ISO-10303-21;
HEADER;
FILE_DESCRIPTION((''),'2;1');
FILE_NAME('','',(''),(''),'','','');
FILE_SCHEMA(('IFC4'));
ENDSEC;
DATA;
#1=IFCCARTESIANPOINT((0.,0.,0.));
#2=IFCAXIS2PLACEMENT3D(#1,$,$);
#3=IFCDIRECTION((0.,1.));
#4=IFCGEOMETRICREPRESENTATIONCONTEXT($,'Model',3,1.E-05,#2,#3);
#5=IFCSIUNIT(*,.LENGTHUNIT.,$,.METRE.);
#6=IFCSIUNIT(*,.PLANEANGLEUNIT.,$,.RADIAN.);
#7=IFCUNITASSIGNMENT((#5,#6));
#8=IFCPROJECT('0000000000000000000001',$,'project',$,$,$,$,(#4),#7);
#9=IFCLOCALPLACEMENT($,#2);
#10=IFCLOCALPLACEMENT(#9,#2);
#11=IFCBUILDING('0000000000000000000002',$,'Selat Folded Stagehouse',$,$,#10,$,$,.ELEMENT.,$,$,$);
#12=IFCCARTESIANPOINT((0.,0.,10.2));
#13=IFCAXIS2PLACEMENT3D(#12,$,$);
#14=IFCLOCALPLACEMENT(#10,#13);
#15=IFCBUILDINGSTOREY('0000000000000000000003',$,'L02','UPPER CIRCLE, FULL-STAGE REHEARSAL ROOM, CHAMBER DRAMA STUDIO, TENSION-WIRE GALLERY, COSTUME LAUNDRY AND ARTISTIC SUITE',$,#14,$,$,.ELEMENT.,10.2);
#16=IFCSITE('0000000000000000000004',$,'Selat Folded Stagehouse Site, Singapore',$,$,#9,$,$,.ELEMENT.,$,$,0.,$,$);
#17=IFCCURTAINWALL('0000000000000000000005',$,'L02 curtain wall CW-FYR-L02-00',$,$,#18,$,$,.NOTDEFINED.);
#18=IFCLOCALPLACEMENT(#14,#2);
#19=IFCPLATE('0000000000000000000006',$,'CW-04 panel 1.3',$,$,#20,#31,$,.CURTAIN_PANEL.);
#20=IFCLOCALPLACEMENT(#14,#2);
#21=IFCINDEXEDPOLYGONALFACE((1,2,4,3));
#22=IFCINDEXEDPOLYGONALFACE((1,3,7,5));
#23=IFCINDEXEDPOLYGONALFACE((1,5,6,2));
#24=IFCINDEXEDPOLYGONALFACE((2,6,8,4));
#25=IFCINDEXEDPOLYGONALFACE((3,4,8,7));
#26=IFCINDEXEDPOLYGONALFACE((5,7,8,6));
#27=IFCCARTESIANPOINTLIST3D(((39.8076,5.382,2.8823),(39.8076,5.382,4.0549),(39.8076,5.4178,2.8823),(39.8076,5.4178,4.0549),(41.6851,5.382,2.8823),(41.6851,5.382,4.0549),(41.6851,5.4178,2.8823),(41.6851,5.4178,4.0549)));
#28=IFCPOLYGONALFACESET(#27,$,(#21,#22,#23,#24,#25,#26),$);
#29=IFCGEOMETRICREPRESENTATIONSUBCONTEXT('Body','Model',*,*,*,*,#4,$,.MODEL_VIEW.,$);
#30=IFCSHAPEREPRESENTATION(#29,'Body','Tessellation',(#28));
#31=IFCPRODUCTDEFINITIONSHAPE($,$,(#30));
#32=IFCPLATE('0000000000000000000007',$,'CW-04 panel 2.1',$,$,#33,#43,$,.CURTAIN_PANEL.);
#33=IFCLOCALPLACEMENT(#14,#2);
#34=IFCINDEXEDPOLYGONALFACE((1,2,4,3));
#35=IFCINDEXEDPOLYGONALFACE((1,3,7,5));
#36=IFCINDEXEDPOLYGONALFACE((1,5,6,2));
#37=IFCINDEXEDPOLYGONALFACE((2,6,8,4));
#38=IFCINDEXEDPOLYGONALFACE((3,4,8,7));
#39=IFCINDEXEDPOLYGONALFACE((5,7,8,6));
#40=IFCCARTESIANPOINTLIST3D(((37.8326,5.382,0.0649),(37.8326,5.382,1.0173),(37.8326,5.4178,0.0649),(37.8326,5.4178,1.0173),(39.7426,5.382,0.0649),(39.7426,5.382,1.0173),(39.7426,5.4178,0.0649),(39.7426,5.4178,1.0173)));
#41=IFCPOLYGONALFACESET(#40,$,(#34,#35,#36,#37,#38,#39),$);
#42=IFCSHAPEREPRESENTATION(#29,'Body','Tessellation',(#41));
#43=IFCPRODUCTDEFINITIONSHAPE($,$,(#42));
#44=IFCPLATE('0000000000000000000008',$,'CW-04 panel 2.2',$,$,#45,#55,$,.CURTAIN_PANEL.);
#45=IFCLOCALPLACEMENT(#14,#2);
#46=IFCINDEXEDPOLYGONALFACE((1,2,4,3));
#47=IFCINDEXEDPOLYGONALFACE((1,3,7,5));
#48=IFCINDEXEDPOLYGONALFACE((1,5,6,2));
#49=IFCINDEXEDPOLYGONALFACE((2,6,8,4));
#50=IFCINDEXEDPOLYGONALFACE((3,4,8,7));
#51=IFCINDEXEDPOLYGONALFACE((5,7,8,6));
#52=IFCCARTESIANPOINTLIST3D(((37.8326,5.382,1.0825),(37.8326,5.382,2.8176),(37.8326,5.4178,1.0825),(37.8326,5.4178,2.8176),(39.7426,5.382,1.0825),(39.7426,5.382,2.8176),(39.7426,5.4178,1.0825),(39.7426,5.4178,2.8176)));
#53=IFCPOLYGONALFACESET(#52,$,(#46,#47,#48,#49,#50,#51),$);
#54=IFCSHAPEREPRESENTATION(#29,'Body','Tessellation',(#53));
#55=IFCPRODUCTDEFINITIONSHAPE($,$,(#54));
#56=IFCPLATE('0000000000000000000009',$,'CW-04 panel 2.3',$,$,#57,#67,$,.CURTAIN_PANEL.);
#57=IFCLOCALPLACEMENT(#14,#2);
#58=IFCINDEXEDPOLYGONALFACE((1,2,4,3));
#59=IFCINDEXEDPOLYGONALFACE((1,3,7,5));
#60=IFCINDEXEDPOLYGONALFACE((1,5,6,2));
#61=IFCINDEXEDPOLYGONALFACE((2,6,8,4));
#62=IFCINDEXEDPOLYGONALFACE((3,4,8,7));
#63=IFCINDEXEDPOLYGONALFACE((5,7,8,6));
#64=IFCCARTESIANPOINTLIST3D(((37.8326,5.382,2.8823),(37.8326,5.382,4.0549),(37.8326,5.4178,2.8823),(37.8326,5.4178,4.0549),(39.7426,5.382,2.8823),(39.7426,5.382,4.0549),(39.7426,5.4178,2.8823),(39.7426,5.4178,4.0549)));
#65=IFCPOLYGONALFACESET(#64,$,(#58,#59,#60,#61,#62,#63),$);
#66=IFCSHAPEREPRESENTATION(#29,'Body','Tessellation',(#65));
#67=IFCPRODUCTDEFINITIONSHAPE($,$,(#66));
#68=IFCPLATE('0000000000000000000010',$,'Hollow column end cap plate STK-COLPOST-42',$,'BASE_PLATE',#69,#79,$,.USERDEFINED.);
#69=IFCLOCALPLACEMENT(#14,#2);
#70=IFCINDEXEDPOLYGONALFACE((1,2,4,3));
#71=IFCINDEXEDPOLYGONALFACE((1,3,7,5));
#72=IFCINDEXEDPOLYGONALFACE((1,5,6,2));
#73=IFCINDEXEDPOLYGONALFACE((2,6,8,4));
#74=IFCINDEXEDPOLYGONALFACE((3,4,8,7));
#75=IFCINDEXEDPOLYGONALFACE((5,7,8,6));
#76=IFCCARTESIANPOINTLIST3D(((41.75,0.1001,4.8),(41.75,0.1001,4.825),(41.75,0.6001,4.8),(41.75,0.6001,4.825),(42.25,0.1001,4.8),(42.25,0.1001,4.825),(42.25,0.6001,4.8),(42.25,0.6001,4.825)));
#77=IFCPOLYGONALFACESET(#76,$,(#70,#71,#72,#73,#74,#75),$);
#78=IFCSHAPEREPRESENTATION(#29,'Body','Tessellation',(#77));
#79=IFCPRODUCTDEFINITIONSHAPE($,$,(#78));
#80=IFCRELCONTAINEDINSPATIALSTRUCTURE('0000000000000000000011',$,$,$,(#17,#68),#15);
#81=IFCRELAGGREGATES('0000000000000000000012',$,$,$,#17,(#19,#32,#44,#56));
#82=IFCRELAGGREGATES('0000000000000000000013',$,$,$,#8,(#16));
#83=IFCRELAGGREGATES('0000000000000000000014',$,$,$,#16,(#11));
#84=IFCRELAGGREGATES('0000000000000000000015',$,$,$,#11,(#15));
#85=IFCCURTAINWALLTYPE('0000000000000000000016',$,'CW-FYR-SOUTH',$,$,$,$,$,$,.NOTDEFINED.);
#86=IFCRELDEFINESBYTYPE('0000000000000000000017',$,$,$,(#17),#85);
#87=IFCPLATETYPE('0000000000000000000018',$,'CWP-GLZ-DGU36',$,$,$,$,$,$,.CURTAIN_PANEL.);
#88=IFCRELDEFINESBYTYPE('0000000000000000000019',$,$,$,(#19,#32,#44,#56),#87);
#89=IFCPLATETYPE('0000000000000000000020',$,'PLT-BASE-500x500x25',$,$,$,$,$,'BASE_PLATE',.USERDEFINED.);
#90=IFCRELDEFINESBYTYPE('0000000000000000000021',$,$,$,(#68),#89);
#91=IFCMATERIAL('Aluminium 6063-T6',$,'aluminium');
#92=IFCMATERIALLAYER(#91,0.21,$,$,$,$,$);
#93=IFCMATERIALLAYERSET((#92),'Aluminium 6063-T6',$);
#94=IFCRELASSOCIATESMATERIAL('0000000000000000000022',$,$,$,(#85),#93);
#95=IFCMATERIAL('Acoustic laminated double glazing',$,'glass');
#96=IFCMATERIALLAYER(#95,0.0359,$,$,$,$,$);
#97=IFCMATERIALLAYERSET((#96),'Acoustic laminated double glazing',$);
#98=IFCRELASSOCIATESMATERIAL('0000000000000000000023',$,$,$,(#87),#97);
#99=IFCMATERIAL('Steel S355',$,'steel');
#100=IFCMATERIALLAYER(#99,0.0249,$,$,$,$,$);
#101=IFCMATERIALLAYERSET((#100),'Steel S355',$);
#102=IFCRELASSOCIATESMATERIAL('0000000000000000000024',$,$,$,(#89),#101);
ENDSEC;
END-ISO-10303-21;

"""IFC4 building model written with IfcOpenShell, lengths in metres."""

from ifc_helpers import new_model, si_unit, direction, frame, origin, origin_2d, place, context, subcontext, project, spatial, rectangle, extrude, material, layer, layer_set, type_object, element, aggregate, save


model = new_model("IFC4")

# Units and contexts
model_context = context("Model", 3, precision=1e-05, world=origin(), true_north=direction((0.0, 1.0)))
body_context = subcontext(model_context, "Body", "Model", "MODEL_VIEW")
ifc_project = project(units=[si_unit("LENGTHUNIT", "METRE"), si_unit("PLANEANGLEUNIT", "RADIAN")], contexts=[model_context])

# Site, building, storey
site_placement = place(None, origin())
site = spatial("IfcSite", under=ifc_project, at=site_placement, Name="Selat Folded Stagehouse Site, Singapore", CompositionType="ELEMENT", RefElevation=0.0)
building_placement = place(site_placement, origin())
building = spatial("IfcBuilding", under=site, at=building_placement, Name="Selat Folded Stagehouse", CompositionType="ELEMENT")
storey_placement = place(building_placement, frame((0.0, 0.0, 10.2)))
storey = spatial("IfcBuildingStorey", under=building, at=storey_placement, Name="L02", Description="UPPER CIRCLE, FULL-STAGE REHEARSAL ROOM, CHAMBER DRAMA STUDIO, TENSION-WIRE GALLERY, COSTUME LAUNDRY AND ARTISTIC SUITE", CompositionType="ELEMENT", Elevation=10.2)

# Shared definitions
ifc_material_1 = material(Name="Steel S355", Category="steel")

# Curtain wall, plates
ifc_material_2 = material(Name="Aluminium 6063-T6", Category="aluminium")
ifc_layer_1 = layer(ifc_material_2, 0.21)
ifc_layer_set_1 = layer_set([ifc_layer_1], Name="Aluminium 6063-T6")
curtain_wall_type = type_object("IfcCurtainWallType", Name="CW-FYR-SOUTH", PredefinedType="NOTDEFINED", material=ifc_layer_set_1)
curtain_wall_placement = place(storey_placement, origin())
curtain_wall = element("IfcCurtainWall", 1, at=curtain_wall_placement, inside=storey, type_object=curtain_wall_type, Name="L02 curtain wall CW-FYR-L02-00", PredefinedType="NOTDEFINED")
ifc_material_3 = material(Name="Acoustic laminated double glazing", Category="glass")
ifc_layer_2 = layer(ifc_material_3, 0.0359)
ifc_layer_set_2 = layer_set([ifc_layer_2], Name="Acoustic laminated double glazing")
plate_type_1 = type_object("IfcPlateType", Name="CWP-GLZ-DGU36", PredefinedType="CURTAIN_PANEL", material=ifc_layer_set_2)
plate_1_placement = place(storey_placement, frame((40.7463, 5.3999, 2.8823), z_axis=(0.0, 0.0, 1.0), x_axis=(-1.0, 0.0, 0.0)))
plate_1 = element("IfcPlate", 2, at=plate_1_placement, type_object=plate_type_1, Name="CW-04 panel 1.3", PredefinedType="CURTAIN_PANEL", context=body_context, shape_type="SweptSolid", body=[
    extrude(rectangle(XDim=1.8774, YDim=0.0359, at=origin_2d()), origin(), (0.0, 0.0, 1.0), 1.1726),
])
plate_2_placement = place(storey_placement, frame((38.7876, 5.3999, 0.0649), z_axis=(0.0, 0.0, 1.0), x_axis=(-1.0, 0.0, 0.0)))
plate_2 = element("IfcPlate", 3, at=plate_2_placement, type_object=plate_type_1, Name="CW-04 panel 2.1", PredefinedType="CURTAIN_PANEL", context=body_context, shape_type="SweptSolid", body=[
    extrude(rectangle(XDim=1.9099, YDim=0.0359, at=origin_2d()), origin(), (0.0, 0.0, 1.0), 0.9524),
])
plate_3_placement = place(storey_placement, frame((38.7876, 5.3999, 1.0825), z_axis=(0.0, 0.0, 1.0), x_axis=(-1.0, 0.0, 0.0)))
plate_3 = element("IfcPlate", 4, at=plate_3_placement, type_object=plate_type_1, Name="CW-04 panel 2.2", PredefinedType="CURTAIN_PANEL", context=body_context, shape_type="SweptSolid", body=[
    extrude(rectangle(XDim=1.9099, YDim=0.0359, at=origin_2d()), origin(), (0.0, 0.0, 1.0), 1.7351),
])
plate_4_placement = place(storey_placement, frame((38.7876, 5.3999, 2.8823), z_axis=(0.0, 0.0, 1.0), x_axis=(-1.0, 0.0, 0.0)))
plate_4 = element("IfcPlate", 5, at=plate_4_placement, type_object=plate_type_1, Name="CW-04 panel 2.3", PredefinedType="CURTAIN_PANEL", context=body_context, shape_type="SweptSolid", body=[
    extrude(rectangle(XDim=1.9099, YDim=0.0359, at=origin_2d()), origin(), (0.0, 0.0, 1.0), 1.1726),
])
aggregate(curtain_wall, [plate_1, plate_2, plate_3, plate_4])

# Plate
ifc_layer_3 = layer(ifc_material_1, 0.0249)
ifc_layer_set_3 = layer_set([ifc_layer_3], Name="Steel S355")
plate_type_2 = type_object("IfcPlateType", Name="PLT-BASE-500x500x25", ElementType="BASE_PLATE", PredefinedType="USERDEFINED", material=ifc_layer_set_3)
plate_5_placement = place(storey_placement, frame((42.0, 0.3501, 4.8), z_axis=(0.0, 0.0, 1.0), x_axis=(1.0, 0.0, 0.0)))
element("IfcPlate", 6, at=plate_5_placement, inside=storey, type_object=plate_type_2, Name="Hollow column end cap plate STK-COLPOST-42", ObjectType="BASE_PLATE", PredefinedType="USERDEFINED", context=body_context, shape_type="SweptSolid", body=[
    extrude(rectangle(XDim=0.5, YDim=0.5, at=origin_2d()), origin(), (0.0, 0.0, 1.0), 0.0249),
])

save(model, "model.ifc")
